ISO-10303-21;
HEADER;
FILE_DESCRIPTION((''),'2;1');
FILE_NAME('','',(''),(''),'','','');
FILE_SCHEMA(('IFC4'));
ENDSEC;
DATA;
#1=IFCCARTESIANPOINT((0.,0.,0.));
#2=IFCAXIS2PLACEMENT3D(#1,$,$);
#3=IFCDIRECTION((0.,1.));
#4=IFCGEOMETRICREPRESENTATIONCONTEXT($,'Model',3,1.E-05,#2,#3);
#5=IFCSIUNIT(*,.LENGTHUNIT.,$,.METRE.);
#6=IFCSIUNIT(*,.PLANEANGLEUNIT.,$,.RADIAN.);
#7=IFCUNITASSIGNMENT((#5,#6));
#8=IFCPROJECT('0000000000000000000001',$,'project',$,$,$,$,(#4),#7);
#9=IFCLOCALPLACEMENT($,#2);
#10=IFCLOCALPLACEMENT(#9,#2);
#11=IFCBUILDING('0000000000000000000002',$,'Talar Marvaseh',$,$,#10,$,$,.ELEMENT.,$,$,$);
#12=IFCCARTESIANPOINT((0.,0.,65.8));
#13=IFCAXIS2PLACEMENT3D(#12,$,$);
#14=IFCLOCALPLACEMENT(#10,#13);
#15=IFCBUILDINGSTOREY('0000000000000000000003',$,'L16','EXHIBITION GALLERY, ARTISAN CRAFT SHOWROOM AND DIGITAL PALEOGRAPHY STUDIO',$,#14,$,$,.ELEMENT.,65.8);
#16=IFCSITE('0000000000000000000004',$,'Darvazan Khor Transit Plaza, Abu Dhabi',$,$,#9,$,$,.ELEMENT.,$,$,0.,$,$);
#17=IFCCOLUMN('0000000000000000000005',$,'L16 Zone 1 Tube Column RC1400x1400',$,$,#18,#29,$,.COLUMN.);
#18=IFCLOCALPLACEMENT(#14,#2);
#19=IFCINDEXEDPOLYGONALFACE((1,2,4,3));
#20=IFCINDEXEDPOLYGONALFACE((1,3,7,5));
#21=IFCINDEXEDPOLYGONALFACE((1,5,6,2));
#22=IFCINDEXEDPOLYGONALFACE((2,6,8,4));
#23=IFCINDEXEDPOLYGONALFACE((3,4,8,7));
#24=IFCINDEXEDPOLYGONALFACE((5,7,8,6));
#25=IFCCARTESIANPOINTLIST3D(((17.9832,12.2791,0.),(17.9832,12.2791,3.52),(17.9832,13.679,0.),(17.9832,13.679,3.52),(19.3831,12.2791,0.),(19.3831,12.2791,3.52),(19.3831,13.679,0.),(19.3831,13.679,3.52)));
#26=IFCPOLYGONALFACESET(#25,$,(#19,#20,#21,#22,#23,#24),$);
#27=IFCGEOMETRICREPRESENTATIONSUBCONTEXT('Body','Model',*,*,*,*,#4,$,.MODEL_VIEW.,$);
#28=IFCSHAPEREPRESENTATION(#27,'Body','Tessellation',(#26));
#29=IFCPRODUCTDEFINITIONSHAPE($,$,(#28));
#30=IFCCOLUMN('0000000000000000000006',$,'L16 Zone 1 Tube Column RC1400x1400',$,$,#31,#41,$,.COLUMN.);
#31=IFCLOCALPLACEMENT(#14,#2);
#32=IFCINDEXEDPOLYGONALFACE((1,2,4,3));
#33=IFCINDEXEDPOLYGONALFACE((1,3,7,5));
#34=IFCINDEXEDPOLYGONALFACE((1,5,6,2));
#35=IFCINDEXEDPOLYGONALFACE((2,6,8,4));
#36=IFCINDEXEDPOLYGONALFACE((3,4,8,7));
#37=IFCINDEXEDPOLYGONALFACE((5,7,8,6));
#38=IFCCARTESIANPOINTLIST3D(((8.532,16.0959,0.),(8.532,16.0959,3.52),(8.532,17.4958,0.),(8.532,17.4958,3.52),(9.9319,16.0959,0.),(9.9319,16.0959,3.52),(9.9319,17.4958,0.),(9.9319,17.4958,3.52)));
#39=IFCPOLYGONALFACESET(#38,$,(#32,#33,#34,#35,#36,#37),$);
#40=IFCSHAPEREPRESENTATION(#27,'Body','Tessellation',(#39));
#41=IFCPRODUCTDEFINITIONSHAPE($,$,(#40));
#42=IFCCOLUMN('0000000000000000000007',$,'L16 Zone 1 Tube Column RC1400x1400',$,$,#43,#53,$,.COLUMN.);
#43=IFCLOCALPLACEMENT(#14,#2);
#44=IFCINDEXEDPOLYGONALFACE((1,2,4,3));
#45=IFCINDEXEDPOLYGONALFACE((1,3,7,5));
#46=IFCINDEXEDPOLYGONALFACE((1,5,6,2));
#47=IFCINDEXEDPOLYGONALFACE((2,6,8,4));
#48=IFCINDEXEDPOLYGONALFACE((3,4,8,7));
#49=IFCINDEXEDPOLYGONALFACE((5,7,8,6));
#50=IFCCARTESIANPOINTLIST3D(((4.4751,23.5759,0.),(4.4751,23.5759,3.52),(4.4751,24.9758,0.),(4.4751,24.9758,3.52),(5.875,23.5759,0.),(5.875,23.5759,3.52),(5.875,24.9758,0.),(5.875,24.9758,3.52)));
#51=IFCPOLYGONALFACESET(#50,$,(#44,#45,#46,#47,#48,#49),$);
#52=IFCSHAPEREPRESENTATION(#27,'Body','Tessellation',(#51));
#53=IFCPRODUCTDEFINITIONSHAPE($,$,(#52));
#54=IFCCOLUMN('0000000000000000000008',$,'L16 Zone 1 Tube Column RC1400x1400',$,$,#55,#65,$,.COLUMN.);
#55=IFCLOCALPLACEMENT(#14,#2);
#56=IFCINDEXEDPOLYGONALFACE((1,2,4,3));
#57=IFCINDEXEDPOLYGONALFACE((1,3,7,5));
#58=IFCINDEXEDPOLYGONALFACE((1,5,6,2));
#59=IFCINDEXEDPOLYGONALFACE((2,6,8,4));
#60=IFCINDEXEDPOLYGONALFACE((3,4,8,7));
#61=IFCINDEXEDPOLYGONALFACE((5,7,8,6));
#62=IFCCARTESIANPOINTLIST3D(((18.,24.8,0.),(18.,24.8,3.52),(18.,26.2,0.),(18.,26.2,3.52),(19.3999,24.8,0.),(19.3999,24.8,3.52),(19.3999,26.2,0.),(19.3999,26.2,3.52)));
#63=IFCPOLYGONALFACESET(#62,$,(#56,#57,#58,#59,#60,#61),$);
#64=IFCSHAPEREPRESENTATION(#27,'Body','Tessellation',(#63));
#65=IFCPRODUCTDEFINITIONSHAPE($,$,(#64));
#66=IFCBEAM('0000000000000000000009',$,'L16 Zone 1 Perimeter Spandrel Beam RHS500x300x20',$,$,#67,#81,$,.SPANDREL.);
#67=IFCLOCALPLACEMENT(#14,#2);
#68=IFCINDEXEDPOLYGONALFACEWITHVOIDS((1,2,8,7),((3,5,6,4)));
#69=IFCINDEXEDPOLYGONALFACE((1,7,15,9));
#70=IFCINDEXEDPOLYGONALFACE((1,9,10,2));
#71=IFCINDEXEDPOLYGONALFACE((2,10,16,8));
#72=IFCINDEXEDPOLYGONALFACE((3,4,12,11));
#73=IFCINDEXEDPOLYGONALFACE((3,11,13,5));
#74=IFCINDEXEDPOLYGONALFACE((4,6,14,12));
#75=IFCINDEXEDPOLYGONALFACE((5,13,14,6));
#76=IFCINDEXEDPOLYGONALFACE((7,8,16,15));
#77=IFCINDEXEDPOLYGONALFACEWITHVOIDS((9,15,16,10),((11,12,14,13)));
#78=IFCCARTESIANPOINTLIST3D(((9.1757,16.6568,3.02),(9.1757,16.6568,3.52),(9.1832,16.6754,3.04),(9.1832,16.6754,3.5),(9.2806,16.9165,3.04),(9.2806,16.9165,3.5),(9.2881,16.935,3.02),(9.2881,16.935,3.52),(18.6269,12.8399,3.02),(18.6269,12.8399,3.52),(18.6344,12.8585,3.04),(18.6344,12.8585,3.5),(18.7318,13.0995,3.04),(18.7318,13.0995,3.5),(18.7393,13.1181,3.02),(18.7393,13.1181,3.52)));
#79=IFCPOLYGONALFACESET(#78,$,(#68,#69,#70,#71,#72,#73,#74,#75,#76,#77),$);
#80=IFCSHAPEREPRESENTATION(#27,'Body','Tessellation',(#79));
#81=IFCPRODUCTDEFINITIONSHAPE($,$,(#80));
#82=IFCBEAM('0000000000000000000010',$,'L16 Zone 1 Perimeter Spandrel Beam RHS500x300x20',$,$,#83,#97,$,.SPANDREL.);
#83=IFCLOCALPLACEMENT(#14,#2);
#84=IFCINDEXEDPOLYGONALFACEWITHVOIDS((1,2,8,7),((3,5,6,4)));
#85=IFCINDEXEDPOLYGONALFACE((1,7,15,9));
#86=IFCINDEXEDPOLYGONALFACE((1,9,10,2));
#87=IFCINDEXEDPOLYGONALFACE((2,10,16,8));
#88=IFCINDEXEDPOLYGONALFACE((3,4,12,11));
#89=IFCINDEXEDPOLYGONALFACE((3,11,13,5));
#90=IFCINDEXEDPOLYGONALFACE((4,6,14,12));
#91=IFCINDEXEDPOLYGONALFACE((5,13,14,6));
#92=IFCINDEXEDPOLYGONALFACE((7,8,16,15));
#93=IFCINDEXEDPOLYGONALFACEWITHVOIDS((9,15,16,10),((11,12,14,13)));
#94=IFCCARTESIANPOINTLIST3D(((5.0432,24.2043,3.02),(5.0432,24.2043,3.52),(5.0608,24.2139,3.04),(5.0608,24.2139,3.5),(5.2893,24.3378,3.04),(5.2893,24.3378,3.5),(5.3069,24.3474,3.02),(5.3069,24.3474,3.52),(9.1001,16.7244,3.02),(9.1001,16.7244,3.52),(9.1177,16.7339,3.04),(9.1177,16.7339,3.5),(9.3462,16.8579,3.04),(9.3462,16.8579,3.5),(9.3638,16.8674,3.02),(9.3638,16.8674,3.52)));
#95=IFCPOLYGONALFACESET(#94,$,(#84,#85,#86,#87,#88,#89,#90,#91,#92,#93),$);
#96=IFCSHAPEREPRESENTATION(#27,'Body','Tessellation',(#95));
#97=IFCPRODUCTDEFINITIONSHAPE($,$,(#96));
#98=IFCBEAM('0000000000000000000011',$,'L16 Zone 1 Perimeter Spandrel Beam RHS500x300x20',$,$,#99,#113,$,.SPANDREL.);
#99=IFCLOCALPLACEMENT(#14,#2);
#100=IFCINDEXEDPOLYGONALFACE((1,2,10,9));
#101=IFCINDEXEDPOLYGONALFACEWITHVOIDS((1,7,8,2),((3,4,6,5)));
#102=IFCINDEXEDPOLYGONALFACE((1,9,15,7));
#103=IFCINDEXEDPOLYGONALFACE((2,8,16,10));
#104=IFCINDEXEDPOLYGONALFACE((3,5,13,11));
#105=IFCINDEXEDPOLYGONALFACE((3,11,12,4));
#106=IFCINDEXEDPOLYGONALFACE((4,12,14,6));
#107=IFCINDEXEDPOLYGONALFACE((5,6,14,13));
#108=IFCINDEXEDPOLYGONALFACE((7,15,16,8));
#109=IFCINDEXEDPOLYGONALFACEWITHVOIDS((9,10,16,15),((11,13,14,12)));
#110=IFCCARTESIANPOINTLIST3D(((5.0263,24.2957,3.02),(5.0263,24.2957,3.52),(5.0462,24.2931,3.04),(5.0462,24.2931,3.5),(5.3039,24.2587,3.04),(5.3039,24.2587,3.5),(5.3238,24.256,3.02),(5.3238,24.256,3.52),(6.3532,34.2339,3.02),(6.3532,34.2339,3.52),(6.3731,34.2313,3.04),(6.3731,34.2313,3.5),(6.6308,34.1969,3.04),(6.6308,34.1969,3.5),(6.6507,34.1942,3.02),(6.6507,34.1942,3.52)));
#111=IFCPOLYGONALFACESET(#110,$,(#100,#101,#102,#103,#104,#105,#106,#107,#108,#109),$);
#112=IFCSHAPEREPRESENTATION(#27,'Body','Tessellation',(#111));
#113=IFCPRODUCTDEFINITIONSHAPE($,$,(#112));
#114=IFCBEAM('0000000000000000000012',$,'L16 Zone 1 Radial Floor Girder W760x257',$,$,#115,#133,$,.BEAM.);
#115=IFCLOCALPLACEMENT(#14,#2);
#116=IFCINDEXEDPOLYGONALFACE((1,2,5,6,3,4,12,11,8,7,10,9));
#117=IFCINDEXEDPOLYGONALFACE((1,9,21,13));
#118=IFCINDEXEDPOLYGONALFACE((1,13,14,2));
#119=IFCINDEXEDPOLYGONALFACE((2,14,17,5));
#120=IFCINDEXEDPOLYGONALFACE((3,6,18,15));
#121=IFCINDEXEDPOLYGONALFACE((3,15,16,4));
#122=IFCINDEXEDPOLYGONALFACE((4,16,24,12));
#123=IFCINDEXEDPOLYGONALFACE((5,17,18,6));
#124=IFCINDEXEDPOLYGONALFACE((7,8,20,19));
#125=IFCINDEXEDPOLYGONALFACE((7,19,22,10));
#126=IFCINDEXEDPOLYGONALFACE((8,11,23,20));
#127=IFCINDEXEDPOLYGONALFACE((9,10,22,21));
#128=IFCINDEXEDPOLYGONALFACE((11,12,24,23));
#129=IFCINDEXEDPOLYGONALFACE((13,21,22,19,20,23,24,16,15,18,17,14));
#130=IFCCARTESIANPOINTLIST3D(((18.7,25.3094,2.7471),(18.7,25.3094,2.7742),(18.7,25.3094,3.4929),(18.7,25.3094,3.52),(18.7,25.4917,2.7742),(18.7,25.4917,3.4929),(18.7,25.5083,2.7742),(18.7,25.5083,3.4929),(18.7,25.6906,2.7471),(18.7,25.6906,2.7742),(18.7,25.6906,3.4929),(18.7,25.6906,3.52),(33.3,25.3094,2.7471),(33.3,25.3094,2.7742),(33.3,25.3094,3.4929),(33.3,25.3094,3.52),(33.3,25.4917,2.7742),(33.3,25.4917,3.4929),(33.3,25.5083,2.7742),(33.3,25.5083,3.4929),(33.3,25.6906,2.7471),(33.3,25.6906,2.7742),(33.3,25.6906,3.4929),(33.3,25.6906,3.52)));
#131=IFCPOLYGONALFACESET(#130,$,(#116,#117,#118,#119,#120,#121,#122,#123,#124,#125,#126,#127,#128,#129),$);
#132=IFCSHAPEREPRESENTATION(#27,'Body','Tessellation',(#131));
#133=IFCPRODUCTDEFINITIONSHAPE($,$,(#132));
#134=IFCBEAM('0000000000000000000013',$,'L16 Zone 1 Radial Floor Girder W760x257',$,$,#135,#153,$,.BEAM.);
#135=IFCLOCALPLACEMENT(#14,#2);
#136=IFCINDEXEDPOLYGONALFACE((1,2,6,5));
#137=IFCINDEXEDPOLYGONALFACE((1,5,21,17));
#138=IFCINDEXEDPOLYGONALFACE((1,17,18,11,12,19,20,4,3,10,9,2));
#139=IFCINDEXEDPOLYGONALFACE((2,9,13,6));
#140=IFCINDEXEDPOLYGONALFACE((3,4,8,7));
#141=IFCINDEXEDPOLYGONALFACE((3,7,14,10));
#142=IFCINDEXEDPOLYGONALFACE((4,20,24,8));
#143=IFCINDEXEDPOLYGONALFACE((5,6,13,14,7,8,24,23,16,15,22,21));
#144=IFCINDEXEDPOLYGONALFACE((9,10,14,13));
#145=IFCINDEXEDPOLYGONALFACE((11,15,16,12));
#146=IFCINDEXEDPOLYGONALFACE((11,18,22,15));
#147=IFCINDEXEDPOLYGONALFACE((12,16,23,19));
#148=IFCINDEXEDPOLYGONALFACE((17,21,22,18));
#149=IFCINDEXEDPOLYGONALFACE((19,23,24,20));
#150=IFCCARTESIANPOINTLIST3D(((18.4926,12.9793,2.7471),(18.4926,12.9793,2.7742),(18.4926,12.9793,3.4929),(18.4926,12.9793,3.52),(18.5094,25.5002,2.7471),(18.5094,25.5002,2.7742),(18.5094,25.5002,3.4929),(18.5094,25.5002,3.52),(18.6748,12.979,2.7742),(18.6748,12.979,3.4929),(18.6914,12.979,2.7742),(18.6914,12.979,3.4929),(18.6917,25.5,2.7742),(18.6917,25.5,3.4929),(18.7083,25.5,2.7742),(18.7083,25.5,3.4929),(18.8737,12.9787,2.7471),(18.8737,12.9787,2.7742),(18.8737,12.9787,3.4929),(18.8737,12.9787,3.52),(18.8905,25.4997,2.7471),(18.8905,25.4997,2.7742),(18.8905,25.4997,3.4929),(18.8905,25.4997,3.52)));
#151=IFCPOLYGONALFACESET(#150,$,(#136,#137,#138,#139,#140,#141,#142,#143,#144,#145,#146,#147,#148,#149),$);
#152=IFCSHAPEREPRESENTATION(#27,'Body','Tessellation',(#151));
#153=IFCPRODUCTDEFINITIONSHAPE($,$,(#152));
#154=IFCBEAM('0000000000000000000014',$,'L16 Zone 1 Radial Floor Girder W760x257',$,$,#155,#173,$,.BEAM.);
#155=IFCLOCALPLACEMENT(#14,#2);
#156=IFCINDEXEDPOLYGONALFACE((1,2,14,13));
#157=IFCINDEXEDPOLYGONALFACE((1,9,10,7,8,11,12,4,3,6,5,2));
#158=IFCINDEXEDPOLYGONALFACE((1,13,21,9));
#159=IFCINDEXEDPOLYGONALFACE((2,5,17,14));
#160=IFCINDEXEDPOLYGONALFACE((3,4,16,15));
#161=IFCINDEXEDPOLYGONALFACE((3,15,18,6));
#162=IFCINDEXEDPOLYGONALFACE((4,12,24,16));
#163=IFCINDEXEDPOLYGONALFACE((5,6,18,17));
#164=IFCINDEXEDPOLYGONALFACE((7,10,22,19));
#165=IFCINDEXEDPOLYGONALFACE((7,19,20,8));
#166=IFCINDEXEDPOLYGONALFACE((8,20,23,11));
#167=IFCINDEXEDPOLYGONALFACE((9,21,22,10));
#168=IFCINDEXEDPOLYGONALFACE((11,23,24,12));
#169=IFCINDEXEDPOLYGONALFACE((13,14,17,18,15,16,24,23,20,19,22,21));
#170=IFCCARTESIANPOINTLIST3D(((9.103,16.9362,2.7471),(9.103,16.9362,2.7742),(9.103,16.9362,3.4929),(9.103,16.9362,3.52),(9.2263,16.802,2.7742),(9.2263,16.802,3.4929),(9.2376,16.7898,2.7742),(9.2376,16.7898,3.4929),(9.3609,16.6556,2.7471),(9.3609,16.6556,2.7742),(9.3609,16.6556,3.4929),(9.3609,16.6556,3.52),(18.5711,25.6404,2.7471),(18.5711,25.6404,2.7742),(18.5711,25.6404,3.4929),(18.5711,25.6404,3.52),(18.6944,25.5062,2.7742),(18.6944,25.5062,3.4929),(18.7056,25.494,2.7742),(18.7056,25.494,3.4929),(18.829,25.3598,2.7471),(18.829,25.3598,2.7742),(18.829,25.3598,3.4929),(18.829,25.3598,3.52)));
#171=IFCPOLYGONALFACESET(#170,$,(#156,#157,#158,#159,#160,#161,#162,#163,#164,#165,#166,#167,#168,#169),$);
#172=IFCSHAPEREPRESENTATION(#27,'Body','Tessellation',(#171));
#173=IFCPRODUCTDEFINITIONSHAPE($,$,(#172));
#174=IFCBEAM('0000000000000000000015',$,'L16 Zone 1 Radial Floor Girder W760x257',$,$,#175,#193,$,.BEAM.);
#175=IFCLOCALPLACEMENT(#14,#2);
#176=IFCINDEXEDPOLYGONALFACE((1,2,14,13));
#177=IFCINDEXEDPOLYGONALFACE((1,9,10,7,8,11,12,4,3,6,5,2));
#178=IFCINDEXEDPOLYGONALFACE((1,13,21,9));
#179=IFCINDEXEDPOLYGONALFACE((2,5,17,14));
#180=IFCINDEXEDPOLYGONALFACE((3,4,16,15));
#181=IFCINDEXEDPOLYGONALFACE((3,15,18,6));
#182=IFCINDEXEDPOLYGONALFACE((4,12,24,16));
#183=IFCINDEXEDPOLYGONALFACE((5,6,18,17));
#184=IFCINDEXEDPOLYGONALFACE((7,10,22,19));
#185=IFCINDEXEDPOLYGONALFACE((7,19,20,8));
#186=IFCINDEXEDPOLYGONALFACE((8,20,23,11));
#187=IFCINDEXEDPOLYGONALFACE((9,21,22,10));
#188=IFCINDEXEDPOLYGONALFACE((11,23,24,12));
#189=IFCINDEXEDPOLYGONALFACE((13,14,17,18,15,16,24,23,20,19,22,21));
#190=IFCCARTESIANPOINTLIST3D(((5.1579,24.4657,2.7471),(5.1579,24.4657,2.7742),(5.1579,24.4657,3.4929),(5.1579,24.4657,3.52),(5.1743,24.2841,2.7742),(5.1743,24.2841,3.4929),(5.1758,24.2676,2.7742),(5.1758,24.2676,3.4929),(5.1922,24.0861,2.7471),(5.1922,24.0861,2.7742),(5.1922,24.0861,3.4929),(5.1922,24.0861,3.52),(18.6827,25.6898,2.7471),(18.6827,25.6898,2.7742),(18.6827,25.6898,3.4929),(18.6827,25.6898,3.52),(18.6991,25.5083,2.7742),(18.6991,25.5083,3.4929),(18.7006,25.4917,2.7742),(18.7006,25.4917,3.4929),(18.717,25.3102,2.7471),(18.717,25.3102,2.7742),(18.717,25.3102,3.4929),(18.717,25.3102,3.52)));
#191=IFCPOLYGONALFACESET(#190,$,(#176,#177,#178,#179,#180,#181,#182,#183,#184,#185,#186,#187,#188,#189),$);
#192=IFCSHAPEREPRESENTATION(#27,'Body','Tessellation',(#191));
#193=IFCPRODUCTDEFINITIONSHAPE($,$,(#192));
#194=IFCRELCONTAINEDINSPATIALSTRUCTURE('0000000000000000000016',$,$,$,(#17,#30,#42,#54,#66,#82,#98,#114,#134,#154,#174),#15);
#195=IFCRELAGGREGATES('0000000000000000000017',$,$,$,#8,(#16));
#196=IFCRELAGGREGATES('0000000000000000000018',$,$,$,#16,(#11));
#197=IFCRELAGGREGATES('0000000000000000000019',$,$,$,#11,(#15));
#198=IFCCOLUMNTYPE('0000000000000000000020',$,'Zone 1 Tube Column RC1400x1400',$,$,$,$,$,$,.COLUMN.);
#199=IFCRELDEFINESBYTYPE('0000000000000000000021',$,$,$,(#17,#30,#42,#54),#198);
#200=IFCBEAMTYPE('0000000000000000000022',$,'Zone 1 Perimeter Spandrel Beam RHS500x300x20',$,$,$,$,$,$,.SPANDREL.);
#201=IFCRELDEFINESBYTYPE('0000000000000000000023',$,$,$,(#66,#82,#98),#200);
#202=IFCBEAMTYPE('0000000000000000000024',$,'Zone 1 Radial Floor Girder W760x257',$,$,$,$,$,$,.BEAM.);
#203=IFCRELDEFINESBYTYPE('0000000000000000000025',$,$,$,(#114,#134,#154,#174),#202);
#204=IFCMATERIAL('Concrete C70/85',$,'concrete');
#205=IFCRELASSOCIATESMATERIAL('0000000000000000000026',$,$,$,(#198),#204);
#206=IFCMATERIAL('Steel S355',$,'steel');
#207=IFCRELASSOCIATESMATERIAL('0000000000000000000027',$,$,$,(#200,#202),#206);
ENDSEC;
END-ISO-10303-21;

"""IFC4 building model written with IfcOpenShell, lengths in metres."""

from ifc_helpers import new_model, si_unit, direction, frame, origin, origin_2d, place, context, subcontext, project, spatial, rectangle, hollow_rectangle, i_section, extrude, material, material_profile, profile_set, type_object, element, save


model = new_model("IFC4")

# Units and contexts
model_context = context("Model", 3, precision=1e-05, world=origin(), true_north=direction((0.0, 1.0)))
body_context = subcontext(model_context, "Body", "Model", "MODEL_VIEW")
ifc_project = project(units=[si_unit("LENGTHUNIT", "METRE"), si_unit("PLANEANGLEUNIT", "RADIAN")], contexts=[model_context])

# Site, building, storey
site_placement = place(None, origin())
site = spatial("IfcSite", under=ifc_project, at=site_placement, Name="Darvazan Khor Transit Plaza, Abu Dhabi", CompositionType="ELEMENT", RefElevation=0.0)
building_placement = place(site_placement, origin())
building = spatial("IfcBuilding", under=site, at=building_placement, Name="Talar Marvaseh", CompositionType="ELEMENT")
storey_placement = place(building_placement, frame((0.0, 0.0, 65.8)))
storey = spatial("IfcBuildingStorey", under=building, at=storey_placement, Name="L16", Description="EXHIBITION GALLERY, ARTISAN CRAFT SHOWROOM AND DIGITAL PALEOGRAPHY STUDIO", CompositionType="ELEMENT", Elevation=65.8)

# Columns
ifc_material_1 = material(Name="Concrete C70/85", Category="concrete")
ifc_material_profile_1 = material_profile(ifc_material_1, rectangle(XDim=1.3999, YDim=1.3999, at=origin_2d()), Name="RC1400x1400")
ifc_profile_set_1 = profile_set([ifc_material_profile_1], Name="Concrete C70/85")
column_type = type_object("IfcColumnType", Name="Zone 1 Tube Column RC1400x1400", PredefinedType="COLUMN", material=ifc_profile_set_1)
for number, where, z_axis, x_axis, name in (
    (1, (18.6831, 12.979, 0.0), (0.0, 0.0, 1.0), (1.0, 0.0, 0.0), "L16 Zone 1 Tube Column RC1400x1400"),
    (2, (9.2319, 16.7959, 0.0), (0.0, 0.0, 1.0), (1.0, 0.0, 0.0), "L16 Zone 1 Tube Column RC1400x1400"),
    (3, (5.175, 24.2759, 0.0), (0.0, 0.0, 1.0), (1.0, 0.0, 0.0), "L16 Zone 1 Tube Column RC1400x1400"),
    (4, (18.7, 25.5, 0.0), (0.0, 0.0, 1.0), (1.0, 0.0, 0.0), "L16 Zone 1 Tube Column RC1400x1400"),
):
    element("IfcColumn", number, at=place(storey_placement, frame(where, z_axis=z_axis, x_axis=x_axis)), inside=storey, type_object=column_type, Name=name, PredefinedType="COLUMN", context=body_context, shape_type="SweptSolid", body=[
        extrude(rectangle(XDim=1.3999, YDim=1.3999, at=origin_2d()), origin(), (0.0, 0.0, 1.0), 3.52),
    ])

# Beams
ifc_material_2 = material(Name="Steel S355", Category="steel")
ifc_material_profile_2 = material_profile(ifc_material_2, hollow_rectangle(XDim=0.3, YDim=0.5, WallThickness=0.02, at=origin_2d()), Name="RHS500x300x20")
ifc_profile_set_2 = profile_set([ifc_material_profile_2], Name="Steel S355")
beam_type_1 = type_object("IfcBeamType", Name="Zone 1 Perimeter Spandrel Beam RHS500x300x20", PredefinedType="SPANDREL", material=ifc_profile_set_2)
beam_1_placement = place(storey_placement, frame((18.6831, 12.979, 3.27), z_axis=(-0.927239, 0.374469, 0.0), x_axis=(-0.374469, -0.927239, 0.0)))
element("IfcBeam", 5, at=beam_1_placement, inside=storey, type_object=beam_type_1, Name="L16 Zone 1 Perimeter Spandrel Beam RHS500x300x20", PredefinedType="SPANDREL", context=body_context, shape_type="SweptSolid", body=[
    extrude(hollow_rectangle(XDim=0.3, YDim=0.5, WallThickness=0.02, at=origin_2d()), origin(), (0.0, 0.0, 1.0), 10.1929),
])
beam_2_placement = place(storey_placement, frame((9.2319, 16.7959, 3.27), z_axis=(-0.476758, 0.879035, 0.0), x_axis=(-0.879035, -0.476758, 0.0)))
element("IfcBeam", 6, at=beam_2_placement, inside=storey, type_object=beam_type_1, Name="L16 Zone 1 Perimeter Spandrel Beam RHS500x300x20", PredefinedType="SPANDREL", context=body_context, shape_type="SweptSolid", body=[
    extrude(hollow_rectangle(XDim=0.3, YDim=0.5, WallThickness=0.02, at=origin_2d()), origin(), (0.0, 0.0, 1.0), 8.5093),
])
beam_3_placement = place(storey_placement, frame((5.175, 24.2759, 3.27), z_axis=(0.132341, 0.991204, 0.0), x_axis=(-0.991204, 0.132341, 0.0)))
element("IfcBeam", 7, at=beam_3_placement, inside=storey, type_object=beam_type_1, Name="L16 Zone 1 Perimeter Spandrel Beam RHS500x300x20", PredefinedType="SPANDREL", context=body_context, shape_type="SweptSolid", body=[
    extrude(hollow_rectangle(XDim=0.3, YDim=0.5, WallThickness=0.02, at=origin_2d()), origin(), (0.0, 0.0, 1.0), 10.0264),
])
ifc_material_profile_3 = material_profile(ifc_material_2, i_section(OverallWidth=0.3811, OverallDepth=0.7729, WebThickness=0.0166, FlangeThickness=0.0271, at=origin_2d()), Name="W760x257")
ifc_profile_set_3 = profile_set([ifc_material_profile_3], Name="Steel S355")
beam_type_2 = type_object("IfcBeamType", Name="Zone 1 Radial Floor Girder W760x257", PredefinedType="BEAM", material=ifc_profile_set_3)
beam_4_placement = place(storey_placement, frame((18.7, 25.5, 3.1335), z_axis=(1.0, 0.0, 0.0), x_axis=(0.0, 1.0, 0.0)))
element("IfcBeam", 8, at=beam_4_placement, inside=storey, type_object=beam_type_2, Name="L16 Zone 1 Radial Floor Girder W760x257", PredefinedType="BEAM", context=body_context, shape_type="SweptSolid", body=[
    extrude(i_section(OverallWidth=0.3811, OverallDepth=0.7729, WebThickness=0.0166, FlangeThickness=0.0271, at=origin_2d()), origin(), (0.0, 0.0, 1.0), 14.6001),
])
beam_5_placement = place(storey_placement, frame((18.6831, 12.979, 3.1335), z_axis=(0.001345, 0.999999, 0.0), x_axis=(-0.999999, 0.001345, 0.0)))
element("IfcBeam", 9, at=beam_5_placement, inside=storey, type_object=beam_type_2, Name="L16 Zone 1 Radial Floor Girder W760x257", PredefinedType="BEAM", context=body_context, shape_type="SweptSolid", body=[
    extrude(i_section(OverallWidth=0.3811, OverallDepth=0.7729, WebThickness=0.0166, FlangeThickness=0.0271, at=origin_2d()), origin(), (0.0, 0.0, 1.0), 12.521),
])
beam_6_placement = place(storey_placement, frame((9.2319, 16.7959, 3.1335), z_axis=(0.736182, 0.676784, 0.0), x_axis=(-0.676784, 0.736182, 0.0)))
element("IfcBeam", 10, at=beam_6_placement, inside=storey, type_object=beam_type_2, Name="L16 Zone 1 Radial Floor Girder W760x257", PredefinedType="BEAM", context=body_context, shape_type="SweptSolid", body=[
    extrude(i_section(OverallWidth=0.3811, OverallDepth=0.7729, WebThickness=0.0166, FlangeThickness=0.0271, at=origin_2d()), origin(), (0.0, 0.0, 1.0), 12.8611),
])
beam_7_placement = place(storey_placement, frame((5.175, 24.2759, 3.1335), z_axis=(0.995929, 0.09014, 0.0), x_axis=(-0.09014, 0.995929, 0.0)))
element("IfcBeam", 11, at=beam_7_placement, inside=storey, type_object=beam_type_2, Name="L16 Zone 1 Radial Floor Girder W760x257", PredefinedType="BEAM", context=body_context, shape_type="SweptSolid", body=[
    extrude(i_section(OverallWidth=0.3811, OverallDepth=0.7729, WebThickness=0.0166, FlangeThickness=0.0271, at=origin_2d()), origin(), (0.0, 0.0, 1.0), 13.5801),
])

save(model, "model.ifc")
